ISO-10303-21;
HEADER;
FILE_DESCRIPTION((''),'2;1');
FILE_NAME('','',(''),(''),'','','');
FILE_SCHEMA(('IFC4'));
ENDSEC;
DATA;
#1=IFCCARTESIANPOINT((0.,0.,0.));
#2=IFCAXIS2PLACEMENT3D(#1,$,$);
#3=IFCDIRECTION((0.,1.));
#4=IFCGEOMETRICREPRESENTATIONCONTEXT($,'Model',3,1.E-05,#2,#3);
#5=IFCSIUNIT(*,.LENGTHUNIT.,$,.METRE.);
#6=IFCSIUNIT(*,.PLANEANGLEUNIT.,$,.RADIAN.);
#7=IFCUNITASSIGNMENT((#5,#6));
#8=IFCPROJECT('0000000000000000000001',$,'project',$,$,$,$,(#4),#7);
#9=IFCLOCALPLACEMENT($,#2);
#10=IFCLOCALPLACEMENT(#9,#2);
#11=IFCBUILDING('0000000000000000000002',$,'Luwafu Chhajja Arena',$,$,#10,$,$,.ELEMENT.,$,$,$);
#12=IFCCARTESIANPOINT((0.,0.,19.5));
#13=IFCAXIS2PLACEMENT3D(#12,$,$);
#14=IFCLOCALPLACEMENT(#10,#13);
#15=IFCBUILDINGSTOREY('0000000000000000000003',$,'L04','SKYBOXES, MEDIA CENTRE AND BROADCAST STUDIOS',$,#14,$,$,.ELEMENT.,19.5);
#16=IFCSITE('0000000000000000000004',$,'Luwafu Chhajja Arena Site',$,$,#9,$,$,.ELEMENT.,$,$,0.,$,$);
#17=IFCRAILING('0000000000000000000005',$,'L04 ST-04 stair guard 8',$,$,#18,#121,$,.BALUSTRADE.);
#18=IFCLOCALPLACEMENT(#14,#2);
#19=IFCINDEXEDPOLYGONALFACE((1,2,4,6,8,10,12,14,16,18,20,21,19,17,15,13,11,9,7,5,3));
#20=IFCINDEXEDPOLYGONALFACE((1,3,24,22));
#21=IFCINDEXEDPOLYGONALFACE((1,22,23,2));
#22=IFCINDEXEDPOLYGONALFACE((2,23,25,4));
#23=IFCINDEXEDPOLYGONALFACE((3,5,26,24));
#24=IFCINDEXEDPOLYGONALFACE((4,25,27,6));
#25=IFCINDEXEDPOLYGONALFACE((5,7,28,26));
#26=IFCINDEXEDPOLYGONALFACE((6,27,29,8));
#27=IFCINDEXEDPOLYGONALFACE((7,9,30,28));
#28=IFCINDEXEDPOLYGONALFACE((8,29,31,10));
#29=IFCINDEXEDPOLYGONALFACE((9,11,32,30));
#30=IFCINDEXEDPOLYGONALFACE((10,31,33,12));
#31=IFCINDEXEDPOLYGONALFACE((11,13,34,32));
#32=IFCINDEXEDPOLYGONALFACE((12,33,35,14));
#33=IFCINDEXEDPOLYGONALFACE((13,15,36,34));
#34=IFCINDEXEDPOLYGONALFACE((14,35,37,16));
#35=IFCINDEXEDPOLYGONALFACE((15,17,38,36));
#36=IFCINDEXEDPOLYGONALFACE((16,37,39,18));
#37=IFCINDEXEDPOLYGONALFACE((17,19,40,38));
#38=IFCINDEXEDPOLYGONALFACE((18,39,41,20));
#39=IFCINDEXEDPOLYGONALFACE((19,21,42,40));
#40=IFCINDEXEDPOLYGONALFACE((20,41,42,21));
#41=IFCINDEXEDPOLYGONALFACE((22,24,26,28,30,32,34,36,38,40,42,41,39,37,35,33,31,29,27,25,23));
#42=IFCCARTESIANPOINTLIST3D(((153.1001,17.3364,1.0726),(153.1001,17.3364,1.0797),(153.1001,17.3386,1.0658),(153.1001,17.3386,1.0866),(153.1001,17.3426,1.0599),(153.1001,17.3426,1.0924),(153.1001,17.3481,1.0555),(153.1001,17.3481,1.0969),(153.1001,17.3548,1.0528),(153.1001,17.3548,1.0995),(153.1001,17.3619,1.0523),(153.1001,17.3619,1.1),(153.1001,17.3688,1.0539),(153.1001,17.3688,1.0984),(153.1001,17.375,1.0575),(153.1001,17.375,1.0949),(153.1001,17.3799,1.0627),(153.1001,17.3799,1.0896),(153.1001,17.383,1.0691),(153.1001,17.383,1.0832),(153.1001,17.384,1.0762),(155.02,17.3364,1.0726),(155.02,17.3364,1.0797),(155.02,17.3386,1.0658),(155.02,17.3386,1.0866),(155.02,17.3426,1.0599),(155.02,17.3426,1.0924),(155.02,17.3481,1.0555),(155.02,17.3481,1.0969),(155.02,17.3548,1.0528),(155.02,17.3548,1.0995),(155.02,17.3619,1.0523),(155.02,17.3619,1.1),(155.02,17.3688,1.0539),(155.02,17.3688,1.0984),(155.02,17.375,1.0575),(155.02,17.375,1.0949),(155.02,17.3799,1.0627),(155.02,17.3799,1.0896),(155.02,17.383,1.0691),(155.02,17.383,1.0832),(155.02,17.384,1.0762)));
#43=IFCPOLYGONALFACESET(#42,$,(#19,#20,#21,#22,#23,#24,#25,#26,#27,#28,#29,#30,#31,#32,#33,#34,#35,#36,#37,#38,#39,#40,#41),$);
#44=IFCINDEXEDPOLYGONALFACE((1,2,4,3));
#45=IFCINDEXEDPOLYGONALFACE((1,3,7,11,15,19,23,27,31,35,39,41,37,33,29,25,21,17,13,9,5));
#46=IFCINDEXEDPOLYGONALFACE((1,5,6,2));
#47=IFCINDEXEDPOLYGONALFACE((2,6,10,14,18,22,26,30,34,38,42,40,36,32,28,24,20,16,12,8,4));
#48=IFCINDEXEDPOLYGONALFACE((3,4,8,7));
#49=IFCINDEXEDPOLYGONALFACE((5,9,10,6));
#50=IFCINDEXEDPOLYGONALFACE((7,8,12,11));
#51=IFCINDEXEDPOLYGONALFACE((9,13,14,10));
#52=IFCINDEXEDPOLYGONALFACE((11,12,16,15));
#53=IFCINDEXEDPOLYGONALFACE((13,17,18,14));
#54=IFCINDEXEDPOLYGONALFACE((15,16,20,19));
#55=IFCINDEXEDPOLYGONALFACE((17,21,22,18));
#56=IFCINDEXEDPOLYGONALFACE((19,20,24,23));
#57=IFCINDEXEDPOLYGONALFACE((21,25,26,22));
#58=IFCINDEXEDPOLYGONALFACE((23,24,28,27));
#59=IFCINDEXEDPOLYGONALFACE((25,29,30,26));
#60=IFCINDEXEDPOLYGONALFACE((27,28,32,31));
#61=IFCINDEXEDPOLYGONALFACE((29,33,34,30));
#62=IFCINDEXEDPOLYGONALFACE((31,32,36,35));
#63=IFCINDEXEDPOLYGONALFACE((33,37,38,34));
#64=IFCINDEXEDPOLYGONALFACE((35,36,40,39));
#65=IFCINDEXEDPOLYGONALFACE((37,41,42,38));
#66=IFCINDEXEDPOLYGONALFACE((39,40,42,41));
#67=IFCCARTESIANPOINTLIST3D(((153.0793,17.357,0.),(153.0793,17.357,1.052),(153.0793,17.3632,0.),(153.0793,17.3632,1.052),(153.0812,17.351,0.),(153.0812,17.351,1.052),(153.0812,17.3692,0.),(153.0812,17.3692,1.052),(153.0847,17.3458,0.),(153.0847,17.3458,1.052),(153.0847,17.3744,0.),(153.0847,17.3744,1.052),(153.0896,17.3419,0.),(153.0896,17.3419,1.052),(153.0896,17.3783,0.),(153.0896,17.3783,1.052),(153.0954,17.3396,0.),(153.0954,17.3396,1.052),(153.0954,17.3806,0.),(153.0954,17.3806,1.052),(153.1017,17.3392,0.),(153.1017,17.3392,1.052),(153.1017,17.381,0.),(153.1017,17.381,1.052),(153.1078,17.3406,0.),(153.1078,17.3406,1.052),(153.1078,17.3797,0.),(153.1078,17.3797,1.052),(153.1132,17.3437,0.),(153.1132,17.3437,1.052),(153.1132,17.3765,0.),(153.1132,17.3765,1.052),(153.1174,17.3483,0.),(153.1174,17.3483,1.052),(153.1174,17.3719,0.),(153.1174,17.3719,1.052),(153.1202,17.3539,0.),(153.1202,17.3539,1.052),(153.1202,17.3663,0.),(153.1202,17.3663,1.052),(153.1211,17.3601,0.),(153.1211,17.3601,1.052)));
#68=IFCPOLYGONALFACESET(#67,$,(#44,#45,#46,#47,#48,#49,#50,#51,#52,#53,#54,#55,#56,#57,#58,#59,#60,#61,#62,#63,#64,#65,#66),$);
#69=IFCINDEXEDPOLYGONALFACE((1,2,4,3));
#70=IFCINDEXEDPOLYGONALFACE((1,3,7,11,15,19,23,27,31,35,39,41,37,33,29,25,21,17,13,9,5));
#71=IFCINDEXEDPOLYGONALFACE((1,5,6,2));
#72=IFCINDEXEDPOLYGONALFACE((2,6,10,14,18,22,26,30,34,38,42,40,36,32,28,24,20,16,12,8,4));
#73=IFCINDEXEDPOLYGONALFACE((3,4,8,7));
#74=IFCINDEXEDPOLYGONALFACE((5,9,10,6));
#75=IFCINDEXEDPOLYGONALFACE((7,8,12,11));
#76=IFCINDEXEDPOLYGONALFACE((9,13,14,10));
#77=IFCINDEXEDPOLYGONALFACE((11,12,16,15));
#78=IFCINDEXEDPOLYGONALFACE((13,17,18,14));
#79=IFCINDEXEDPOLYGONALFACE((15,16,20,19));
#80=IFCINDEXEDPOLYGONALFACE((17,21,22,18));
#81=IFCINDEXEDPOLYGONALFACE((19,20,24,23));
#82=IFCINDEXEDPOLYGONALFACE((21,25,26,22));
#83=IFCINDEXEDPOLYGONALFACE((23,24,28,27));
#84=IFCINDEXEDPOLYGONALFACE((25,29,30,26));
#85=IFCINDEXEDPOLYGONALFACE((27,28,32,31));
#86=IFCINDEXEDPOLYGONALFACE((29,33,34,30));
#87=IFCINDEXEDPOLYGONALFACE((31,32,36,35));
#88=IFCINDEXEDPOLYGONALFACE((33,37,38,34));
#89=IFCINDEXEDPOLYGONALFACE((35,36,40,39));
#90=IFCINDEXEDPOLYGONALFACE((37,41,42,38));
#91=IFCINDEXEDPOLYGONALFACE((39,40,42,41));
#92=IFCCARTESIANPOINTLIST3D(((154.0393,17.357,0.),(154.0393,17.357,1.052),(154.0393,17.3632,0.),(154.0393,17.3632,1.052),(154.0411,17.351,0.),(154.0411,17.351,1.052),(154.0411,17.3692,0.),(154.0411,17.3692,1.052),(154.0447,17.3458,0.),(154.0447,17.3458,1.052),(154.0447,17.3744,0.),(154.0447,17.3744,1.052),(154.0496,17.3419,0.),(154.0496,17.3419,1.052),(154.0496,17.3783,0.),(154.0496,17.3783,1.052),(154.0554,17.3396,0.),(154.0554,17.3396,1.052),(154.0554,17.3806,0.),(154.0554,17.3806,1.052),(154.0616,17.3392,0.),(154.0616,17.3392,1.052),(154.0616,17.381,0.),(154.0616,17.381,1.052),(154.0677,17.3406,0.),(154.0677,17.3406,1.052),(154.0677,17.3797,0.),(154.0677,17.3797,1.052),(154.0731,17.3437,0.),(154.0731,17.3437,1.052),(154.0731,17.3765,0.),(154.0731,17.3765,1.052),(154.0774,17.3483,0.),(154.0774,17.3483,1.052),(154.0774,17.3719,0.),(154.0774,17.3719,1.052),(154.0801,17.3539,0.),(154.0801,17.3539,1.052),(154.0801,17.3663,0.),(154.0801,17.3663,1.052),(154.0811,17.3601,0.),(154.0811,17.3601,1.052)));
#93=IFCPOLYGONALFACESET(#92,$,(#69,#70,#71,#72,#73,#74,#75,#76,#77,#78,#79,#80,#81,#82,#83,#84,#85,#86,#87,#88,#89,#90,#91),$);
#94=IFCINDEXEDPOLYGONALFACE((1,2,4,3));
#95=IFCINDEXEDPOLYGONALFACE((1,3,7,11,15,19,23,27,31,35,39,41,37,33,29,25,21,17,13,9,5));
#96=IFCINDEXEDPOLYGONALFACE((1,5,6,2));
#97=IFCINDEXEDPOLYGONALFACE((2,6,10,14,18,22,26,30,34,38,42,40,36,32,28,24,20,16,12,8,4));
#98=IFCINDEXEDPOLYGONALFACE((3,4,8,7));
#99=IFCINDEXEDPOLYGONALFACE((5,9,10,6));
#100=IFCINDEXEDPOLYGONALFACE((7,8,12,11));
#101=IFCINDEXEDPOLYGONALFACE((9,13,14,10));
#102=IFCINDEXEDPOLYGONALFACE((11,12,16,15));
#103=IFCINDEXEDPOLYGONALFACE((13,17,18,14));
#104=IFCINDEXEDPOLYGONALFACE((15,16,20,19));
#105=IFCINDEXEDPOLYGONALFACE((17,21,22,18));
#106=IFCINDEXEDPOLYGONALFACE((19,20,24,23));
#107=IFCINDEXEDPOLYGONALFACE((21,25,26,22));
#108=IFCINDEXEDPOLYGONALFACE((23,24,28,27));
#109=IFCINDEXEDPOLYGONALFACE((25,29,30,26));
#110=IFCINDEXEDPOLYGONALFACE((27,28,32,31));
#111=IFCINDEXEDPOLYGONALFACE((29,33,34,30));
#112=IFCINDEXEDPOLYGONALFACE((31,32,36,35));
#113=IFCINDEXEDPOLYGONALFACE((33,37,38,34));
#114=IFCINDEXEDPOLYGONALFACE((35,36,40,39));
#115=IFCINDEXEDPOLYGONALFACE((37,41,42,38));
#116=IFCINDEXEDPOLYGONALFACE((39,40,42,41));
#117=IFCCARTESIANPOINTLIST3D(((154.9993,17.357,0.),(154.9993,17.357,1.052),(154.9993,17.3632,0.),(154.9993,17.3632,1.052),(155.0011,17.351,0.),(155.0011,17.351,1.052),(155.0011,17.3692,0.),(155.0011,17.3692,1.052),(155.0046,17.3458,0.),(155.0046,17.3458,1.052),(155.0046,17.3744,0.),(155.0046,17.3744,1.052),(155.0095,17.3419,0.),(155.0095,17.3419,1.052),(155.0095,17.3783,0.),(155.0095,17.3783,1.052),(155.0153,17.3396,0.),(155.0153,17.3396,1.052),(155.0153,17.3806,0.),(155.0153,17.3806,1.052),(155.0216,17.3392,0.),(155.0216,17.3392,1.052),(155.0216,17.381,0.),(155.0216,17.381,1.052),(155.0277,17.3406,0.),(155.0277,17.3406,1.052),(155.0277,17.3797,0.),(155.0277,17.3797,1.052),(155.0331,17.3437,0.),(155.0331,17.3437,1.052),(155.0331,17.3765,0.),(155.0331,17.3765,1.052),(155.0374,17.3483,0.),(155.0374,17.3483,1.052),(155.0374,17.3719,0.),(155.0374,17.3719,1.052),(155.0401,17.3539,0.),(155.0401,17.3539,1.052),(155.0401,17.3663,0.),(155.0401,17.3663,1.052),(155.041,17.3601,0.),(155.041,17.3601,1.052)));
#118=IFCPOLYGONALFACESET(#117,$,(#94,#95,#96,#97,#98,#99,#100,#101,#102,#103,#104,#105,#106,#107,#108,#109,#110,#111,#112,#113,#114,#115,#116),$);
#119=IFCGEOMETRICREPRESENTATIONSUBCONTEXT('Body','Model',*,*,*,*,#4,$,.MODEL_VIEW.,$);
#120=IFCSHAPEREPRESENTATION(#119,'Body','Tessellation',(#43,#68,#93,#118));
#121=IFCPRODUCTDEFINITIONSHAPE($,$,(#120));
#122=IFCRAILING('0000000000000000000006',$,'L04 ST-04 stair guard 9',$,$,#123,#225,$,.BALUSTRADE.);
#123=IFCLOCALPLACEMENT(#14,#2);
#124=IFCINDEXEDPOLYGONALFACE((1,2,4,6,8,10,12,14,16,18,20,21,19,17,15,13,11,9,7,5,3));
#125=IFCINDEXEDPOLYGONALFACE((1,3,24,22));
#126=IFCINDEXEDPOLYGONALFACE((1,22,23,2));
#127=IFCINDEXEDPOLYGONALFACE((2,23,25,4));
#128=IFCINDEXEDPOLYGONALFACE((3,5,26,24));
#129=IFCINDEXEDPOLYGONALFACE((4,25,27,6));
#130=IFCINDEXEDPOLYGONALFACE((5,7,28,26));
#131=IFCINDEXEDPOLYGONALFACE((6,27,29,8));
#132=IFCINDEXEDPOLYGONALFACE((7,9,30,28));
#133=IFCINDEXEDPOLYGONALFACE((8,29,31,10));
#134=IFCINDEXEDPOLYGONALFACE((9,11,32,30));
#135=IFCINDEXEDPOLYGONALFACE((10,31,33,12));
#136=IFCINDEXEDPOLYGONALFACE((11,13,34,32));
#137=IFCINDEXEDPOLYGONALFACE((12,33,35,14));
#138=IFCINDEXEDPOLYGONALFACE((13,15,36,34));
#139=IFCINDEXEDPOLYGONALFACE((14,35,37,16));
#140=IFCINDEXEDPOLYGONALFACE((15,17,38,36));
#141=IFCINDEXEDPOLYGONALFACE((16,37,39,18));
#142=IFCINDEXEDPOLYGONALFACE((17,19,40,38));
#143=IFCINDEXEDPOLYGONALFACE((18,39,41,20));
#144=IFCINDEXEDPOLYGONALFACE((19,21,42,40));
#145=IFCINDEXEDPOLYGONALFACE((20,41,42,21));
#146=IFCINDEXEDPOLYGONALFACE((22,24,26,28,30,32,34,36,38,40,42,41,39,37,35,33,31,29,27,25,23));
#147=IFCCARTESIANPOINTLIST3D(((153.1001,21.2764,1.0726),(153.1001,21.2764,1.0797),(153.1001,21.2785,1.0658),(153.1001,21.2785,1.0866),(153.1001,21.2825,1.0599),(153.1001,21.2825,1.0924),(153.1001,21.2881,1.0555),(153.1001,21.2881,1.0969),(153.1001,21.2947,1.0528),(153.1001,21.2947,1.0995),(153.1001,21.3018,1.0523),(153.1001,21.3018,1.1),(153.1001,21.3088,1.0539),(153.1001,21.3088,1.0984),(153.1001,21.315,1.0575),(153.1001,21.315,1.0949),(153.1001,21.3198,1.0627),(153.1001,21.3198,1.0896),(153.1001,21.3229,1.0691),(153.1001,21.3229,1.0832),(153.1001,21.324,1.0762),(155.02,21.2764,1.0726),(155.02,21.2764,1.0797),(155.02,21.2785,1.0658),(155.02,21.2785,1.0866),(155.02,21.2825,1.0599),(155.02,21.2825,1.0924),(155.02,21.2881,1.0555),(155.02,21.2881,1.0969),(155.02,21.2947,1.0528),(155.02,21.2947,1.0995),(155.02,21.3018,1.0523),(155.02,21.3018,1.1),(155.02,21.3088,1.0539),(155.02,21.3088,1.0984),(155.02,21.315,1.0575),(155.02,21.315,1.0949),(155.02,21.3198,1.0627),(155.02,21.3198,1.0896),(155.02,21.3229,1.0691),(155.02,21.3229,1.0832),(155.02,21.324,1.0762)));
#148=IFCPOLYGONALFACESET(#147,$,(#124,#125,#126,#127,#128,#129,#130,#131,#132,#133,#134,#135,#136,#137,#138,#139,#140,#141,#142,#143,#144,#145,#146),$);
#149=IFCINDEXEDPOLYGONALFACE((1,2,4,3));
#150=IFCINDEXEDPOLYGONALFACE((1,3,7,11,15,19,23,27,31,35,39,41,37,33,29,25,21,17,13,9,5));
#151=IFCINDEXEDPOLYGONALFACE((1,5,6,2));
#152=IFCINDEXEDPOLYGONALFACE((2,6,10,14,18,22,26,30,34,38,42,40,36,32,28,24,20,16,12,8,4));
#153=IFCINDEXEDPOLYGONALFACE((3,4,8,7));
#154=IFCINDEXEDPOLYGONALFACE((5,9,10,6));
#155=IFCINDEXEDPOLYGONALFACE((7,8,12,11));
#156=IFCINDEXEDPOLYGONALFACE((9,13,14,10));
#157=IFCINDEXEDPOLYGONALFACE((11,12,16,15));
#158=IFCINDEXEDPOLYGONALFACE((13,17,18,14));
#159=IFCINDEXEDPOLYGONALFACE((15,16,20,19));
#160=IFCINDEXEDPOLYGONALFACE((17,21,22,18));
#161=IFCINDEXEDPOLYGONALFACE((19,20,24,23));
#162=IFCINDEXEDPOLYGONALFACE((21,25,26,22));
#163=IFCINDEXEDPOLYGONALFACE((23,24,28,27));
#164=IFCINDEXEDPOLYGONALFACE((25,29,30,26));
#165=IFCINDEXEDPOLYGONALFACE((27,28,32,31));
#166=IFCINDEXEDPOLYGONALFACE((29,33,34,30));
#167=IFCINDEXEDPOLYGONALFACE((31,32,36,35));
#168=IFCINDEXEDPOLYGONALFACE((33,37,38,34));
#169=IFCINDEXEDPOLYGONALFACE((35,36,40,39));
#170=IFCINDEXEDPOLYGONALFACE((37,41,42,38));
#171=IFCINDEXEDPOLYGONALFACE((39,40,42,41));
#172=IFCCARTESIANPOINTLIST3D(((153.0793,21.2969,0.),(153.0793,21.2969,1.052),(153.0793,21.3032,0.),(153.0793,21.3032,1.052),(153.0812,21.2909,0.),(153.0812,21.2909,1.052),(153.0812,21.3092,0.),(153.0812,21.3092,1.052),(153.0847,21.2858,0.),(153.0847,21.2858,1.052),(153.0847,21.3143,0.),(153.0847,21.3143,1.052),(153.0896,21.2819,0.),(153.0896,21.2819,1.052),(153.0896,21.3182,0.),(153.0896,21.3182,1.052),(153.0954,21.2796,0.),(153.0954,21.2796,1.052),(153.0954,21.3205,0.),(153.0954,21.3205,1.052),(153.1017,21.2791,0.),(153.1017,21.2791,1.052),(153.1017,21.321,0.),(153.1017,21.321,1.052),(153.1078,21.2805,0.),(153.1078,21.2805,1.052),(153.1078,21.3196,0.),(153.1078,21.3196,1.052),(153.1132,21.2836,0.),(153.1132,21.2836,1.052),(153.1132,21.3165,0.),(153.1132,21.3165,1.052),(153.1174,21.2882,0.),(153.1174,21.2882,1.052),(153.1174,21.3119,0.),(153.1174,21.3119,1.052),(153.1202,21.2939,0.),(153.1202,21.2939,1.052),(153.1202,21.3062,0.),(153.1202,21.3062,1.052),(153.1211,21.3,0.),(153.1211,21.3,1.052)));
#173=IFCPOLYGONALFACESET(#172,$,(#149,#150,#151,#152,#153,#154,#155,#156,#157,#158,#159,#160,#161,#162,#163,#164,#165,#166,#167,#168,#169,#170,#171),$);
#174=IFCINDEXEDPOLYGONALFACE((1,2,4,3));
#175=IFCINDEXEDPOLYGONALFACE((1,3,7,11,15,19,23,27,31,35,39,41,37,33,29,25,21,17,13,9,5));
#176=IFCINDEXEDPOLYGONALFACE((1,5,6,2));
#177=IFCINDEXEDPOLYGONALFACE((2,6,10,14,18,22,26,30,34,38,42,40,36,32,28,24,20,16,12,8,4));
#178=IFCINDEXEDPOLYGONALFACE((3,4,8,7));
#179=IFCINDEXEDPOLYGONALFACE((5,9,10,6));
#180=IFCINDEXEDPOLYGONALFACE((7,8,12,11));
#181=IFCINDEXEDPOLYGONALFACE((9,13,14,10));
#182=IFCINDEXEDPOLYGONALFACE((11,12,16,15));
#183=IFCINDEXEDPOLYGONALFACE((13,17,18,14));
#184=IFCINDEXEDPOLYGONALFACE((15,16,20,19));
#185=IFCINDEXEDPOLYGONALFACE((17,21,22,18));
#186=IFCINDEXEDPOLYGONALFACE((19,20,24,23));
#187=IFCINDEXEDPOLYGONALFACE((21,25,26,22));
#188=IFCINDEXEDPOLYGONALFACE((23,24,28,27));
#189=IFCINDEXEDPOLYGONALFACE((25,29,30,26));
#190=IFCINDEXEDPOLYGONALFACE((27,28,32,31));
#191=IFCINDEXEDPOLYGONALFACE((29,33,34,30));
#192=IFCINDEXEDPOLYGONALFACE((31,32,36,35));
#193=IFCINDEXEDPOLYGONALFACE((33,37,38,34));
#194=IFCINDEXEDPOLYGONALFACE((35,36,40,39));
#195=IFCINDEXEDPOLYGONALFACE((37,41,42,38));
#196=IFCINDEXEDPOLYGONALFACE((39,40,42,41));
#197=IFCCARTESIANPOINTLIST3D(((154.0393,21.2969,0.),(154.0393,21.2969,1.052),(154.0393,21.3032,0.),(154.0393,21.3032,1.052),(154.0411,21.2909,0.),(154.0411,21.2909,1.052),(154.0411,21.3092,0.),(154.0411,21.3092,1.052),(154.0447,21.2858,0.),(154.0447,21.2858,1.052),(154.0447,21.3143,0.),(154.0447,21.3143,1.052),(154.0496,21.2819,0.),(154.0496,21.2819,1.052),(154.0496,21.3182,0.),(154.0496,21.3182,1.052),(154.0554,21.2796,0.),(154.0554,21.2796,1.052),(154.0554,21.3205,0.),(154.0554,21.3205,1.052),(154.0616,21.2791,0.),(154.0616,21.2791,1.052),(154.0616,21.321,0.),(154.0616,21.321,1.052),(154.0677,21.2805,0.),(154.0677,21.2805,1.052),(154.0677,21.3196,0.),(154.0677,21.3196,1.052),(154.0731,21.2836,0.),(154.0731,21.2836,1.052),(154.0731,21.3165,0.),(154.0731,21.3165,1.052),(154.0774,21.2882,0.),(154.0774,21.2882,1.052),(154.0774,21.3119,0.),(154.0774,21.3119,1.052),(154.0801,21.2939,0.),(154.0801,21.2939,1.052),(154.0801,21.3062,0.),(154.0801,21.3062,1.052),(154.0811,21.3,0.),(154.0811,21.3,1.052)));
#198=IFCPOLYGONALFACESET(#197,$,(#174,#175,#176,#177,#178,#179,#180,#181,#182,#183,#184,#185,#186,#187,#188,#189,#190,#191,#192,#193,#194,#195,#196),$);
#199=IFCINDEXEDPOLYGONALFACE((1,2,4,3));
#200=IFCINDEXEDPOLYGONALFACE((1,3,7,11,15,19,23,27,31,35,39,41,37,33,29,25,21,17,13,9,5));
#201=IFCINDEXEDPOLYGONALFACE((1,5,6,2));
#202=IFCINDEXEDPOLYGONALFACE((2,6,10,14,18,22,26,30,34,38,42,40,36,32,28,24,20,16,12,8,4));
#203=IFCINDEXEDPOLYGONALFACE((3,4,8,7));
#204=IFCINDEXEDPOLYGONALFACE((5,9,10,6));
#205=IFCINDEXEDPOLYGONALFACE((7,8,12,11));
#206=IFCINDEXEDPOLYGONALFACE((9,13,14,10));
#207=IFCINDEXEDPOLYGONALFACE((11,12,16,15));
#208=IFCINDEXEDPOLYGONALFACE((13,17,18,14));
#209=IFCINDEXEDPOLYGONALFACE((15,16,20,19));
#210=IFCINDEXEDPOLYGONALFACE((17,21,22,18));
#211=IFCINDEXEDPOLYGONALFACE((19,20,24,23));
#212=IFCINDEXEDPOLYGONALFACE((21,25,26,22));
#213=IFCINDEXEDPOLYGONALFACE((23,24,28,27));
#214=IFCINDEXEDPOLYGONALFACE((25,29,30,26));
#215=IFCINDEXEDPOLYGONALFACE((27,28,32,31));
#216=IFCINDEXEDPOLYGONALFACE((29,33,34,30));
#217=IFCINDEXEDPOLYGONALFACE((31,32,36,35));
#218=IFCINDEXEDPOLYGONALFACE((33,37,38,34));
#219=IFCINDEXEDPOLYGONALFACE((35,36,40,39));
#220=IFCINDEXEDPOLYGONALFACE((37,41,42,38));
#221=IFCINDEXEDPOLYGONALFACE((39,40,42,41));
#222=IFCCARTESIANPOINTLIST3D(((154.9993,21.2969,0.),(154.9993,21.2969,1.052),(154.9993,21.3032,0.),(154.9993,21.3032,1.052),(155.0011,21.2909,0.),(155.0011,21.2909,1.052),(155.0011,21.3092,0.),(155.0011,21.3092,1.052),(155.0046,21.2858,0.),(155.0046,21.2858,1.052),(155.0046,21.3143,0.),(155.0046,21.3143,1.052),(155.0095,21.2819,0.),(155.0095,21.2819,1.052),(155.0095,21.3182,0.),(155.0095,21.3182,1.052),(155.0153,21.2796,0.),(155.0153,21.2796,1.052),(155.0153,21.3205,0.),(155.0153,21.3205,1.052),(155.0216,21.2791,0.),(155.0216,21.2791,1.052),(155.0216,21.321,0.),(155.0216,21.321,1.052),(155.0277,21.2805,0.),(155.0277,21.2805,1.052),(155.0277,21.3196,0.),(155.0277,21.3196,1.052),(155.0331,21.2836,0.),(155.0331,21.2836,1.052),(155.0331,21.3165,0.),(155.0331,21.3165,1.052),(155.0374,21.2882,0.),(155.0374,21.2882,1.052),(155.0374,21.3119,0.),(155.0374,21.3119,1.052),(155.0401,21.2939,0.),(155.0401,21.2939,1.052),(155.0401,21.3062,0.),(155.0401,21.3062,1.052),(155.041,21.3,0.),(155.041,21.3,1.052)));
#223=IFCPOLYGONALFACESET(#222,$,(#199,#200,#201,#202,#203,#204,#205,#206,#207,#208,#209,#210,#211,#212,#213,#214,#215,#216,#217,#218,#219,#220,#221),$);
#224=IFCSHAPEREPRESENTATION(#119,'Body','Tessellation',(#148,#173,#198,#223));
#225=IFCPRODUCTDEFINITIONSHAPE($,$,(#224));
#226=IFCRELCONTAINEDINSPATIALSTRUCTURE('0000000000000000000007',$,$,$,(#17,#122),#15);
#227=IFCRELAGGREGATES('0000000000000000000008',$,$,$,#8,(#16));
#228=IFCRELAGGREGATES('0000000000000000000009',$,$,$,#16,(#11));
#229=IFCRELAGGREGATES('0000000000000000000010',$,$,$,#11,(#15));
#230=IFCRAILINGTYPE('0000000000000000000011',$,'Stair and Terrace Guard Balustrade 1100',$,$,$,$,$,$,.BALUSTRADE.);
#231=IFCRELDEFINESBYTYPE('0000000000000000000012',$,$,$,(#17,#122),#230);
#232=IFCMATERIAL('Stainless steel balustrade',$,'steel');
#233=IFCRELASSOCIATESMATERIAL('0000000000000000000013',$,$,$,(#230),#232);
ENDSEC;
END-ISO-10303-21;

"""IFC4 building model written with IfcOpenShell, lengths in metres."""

from ifc_helpers import new_model, si_unit, direction, frame, origin, origin_2d, place, context, subcontext, project, spatial, circle, extrude, material, type_object, element, save


model = new_model("IFC4")

# Units and contexts
model_context = context("Model", 3, precision=1e-05, world=origin(), true_north=direction((0.0, 1.0)))
body_context = subcontext(model_context, "Body", "Model", "MODEL_VIEW")
ifc_project = project(units=[si_unit("LENGTHUNIT", "METRE"), si_unit("PLANEANGLEUNIT", "RADIAN")], contexts=[model_context])

# Site, building, storey
site_placement = place(None, origin())
site = spatial("IfcSite", under=ifc_project, at=site_placement, Name="Luwafu Chhajja Arena Site", CompositionType="ELEMENT", RefElevation=0.0)
building_placement = place(site_placement, origin())
building = spatial("IfcBuilding", under=site, at=building_placement, Name="Luwafu Chhajja Arena", CompositionType="ELEMENT")
storey_placement = place(building_placement, frame((0.0, 0.0, 19.5)))
storey = spatial("IfcBuildingStorey", under=building, at=storey_placement, Name="L04", Description="SKYBOXES, MEDIA CENTRE AND BROADCAST STUDIOS", CompositionType="ELEMENT", Elevation=19.5)

# Railings
ifc_material_1 = material(Name="Stainless steel balustrade", Category="steel")
railing_type_1 = type_object("IfcRailingType", Name="Stair and Terrace Guard Balustrade 1100", PredefinedType="BALUSTRADE", material=ifc_material_1)
for number, where, name in (
    (1, (153.1001, 17.3601, 0.0), "L04 ST-04 stair guard 8"),
    (2, (153.1001, 21.3, 0.0), "L04 ST-04 stair guard 9"),
):
    element("IfcRailing", number, at=place(storey_placement, frame(where)), inside=storey, type_object=railing_type_1, Name=name, PredefinedType="BALUSTRADE", context=body_context, shape_type="SweptSolid", body=[
        extrude(circle(Radius=0.0239, at=origin_2d()), frame((0.0, 0.0, 1.0762), z_axis=(1.0, 0.0, 0.0), x_axis=(0.0, 1.0, 0.0)), (0.0, 0.0, 1.0), 1.9199),
        extrude(circle(Radius=0.021, at=origin_2d()), origin(), (0.0, 0.0, 1.0), 1.052),
        extrude(circle(Radius=0.021, at=origin_2d()), frame((0.96, 0.0, 0.0)), (0.0, 0.0, 1.0), 1.052),
        extrude(circle(Radius=0.021, at=origin_2d()), frame((1.9199, 0.0, 0.0)), (0.0, 0.0, 1.0), 1.052),
    ])

save(model, "model.ifc")
